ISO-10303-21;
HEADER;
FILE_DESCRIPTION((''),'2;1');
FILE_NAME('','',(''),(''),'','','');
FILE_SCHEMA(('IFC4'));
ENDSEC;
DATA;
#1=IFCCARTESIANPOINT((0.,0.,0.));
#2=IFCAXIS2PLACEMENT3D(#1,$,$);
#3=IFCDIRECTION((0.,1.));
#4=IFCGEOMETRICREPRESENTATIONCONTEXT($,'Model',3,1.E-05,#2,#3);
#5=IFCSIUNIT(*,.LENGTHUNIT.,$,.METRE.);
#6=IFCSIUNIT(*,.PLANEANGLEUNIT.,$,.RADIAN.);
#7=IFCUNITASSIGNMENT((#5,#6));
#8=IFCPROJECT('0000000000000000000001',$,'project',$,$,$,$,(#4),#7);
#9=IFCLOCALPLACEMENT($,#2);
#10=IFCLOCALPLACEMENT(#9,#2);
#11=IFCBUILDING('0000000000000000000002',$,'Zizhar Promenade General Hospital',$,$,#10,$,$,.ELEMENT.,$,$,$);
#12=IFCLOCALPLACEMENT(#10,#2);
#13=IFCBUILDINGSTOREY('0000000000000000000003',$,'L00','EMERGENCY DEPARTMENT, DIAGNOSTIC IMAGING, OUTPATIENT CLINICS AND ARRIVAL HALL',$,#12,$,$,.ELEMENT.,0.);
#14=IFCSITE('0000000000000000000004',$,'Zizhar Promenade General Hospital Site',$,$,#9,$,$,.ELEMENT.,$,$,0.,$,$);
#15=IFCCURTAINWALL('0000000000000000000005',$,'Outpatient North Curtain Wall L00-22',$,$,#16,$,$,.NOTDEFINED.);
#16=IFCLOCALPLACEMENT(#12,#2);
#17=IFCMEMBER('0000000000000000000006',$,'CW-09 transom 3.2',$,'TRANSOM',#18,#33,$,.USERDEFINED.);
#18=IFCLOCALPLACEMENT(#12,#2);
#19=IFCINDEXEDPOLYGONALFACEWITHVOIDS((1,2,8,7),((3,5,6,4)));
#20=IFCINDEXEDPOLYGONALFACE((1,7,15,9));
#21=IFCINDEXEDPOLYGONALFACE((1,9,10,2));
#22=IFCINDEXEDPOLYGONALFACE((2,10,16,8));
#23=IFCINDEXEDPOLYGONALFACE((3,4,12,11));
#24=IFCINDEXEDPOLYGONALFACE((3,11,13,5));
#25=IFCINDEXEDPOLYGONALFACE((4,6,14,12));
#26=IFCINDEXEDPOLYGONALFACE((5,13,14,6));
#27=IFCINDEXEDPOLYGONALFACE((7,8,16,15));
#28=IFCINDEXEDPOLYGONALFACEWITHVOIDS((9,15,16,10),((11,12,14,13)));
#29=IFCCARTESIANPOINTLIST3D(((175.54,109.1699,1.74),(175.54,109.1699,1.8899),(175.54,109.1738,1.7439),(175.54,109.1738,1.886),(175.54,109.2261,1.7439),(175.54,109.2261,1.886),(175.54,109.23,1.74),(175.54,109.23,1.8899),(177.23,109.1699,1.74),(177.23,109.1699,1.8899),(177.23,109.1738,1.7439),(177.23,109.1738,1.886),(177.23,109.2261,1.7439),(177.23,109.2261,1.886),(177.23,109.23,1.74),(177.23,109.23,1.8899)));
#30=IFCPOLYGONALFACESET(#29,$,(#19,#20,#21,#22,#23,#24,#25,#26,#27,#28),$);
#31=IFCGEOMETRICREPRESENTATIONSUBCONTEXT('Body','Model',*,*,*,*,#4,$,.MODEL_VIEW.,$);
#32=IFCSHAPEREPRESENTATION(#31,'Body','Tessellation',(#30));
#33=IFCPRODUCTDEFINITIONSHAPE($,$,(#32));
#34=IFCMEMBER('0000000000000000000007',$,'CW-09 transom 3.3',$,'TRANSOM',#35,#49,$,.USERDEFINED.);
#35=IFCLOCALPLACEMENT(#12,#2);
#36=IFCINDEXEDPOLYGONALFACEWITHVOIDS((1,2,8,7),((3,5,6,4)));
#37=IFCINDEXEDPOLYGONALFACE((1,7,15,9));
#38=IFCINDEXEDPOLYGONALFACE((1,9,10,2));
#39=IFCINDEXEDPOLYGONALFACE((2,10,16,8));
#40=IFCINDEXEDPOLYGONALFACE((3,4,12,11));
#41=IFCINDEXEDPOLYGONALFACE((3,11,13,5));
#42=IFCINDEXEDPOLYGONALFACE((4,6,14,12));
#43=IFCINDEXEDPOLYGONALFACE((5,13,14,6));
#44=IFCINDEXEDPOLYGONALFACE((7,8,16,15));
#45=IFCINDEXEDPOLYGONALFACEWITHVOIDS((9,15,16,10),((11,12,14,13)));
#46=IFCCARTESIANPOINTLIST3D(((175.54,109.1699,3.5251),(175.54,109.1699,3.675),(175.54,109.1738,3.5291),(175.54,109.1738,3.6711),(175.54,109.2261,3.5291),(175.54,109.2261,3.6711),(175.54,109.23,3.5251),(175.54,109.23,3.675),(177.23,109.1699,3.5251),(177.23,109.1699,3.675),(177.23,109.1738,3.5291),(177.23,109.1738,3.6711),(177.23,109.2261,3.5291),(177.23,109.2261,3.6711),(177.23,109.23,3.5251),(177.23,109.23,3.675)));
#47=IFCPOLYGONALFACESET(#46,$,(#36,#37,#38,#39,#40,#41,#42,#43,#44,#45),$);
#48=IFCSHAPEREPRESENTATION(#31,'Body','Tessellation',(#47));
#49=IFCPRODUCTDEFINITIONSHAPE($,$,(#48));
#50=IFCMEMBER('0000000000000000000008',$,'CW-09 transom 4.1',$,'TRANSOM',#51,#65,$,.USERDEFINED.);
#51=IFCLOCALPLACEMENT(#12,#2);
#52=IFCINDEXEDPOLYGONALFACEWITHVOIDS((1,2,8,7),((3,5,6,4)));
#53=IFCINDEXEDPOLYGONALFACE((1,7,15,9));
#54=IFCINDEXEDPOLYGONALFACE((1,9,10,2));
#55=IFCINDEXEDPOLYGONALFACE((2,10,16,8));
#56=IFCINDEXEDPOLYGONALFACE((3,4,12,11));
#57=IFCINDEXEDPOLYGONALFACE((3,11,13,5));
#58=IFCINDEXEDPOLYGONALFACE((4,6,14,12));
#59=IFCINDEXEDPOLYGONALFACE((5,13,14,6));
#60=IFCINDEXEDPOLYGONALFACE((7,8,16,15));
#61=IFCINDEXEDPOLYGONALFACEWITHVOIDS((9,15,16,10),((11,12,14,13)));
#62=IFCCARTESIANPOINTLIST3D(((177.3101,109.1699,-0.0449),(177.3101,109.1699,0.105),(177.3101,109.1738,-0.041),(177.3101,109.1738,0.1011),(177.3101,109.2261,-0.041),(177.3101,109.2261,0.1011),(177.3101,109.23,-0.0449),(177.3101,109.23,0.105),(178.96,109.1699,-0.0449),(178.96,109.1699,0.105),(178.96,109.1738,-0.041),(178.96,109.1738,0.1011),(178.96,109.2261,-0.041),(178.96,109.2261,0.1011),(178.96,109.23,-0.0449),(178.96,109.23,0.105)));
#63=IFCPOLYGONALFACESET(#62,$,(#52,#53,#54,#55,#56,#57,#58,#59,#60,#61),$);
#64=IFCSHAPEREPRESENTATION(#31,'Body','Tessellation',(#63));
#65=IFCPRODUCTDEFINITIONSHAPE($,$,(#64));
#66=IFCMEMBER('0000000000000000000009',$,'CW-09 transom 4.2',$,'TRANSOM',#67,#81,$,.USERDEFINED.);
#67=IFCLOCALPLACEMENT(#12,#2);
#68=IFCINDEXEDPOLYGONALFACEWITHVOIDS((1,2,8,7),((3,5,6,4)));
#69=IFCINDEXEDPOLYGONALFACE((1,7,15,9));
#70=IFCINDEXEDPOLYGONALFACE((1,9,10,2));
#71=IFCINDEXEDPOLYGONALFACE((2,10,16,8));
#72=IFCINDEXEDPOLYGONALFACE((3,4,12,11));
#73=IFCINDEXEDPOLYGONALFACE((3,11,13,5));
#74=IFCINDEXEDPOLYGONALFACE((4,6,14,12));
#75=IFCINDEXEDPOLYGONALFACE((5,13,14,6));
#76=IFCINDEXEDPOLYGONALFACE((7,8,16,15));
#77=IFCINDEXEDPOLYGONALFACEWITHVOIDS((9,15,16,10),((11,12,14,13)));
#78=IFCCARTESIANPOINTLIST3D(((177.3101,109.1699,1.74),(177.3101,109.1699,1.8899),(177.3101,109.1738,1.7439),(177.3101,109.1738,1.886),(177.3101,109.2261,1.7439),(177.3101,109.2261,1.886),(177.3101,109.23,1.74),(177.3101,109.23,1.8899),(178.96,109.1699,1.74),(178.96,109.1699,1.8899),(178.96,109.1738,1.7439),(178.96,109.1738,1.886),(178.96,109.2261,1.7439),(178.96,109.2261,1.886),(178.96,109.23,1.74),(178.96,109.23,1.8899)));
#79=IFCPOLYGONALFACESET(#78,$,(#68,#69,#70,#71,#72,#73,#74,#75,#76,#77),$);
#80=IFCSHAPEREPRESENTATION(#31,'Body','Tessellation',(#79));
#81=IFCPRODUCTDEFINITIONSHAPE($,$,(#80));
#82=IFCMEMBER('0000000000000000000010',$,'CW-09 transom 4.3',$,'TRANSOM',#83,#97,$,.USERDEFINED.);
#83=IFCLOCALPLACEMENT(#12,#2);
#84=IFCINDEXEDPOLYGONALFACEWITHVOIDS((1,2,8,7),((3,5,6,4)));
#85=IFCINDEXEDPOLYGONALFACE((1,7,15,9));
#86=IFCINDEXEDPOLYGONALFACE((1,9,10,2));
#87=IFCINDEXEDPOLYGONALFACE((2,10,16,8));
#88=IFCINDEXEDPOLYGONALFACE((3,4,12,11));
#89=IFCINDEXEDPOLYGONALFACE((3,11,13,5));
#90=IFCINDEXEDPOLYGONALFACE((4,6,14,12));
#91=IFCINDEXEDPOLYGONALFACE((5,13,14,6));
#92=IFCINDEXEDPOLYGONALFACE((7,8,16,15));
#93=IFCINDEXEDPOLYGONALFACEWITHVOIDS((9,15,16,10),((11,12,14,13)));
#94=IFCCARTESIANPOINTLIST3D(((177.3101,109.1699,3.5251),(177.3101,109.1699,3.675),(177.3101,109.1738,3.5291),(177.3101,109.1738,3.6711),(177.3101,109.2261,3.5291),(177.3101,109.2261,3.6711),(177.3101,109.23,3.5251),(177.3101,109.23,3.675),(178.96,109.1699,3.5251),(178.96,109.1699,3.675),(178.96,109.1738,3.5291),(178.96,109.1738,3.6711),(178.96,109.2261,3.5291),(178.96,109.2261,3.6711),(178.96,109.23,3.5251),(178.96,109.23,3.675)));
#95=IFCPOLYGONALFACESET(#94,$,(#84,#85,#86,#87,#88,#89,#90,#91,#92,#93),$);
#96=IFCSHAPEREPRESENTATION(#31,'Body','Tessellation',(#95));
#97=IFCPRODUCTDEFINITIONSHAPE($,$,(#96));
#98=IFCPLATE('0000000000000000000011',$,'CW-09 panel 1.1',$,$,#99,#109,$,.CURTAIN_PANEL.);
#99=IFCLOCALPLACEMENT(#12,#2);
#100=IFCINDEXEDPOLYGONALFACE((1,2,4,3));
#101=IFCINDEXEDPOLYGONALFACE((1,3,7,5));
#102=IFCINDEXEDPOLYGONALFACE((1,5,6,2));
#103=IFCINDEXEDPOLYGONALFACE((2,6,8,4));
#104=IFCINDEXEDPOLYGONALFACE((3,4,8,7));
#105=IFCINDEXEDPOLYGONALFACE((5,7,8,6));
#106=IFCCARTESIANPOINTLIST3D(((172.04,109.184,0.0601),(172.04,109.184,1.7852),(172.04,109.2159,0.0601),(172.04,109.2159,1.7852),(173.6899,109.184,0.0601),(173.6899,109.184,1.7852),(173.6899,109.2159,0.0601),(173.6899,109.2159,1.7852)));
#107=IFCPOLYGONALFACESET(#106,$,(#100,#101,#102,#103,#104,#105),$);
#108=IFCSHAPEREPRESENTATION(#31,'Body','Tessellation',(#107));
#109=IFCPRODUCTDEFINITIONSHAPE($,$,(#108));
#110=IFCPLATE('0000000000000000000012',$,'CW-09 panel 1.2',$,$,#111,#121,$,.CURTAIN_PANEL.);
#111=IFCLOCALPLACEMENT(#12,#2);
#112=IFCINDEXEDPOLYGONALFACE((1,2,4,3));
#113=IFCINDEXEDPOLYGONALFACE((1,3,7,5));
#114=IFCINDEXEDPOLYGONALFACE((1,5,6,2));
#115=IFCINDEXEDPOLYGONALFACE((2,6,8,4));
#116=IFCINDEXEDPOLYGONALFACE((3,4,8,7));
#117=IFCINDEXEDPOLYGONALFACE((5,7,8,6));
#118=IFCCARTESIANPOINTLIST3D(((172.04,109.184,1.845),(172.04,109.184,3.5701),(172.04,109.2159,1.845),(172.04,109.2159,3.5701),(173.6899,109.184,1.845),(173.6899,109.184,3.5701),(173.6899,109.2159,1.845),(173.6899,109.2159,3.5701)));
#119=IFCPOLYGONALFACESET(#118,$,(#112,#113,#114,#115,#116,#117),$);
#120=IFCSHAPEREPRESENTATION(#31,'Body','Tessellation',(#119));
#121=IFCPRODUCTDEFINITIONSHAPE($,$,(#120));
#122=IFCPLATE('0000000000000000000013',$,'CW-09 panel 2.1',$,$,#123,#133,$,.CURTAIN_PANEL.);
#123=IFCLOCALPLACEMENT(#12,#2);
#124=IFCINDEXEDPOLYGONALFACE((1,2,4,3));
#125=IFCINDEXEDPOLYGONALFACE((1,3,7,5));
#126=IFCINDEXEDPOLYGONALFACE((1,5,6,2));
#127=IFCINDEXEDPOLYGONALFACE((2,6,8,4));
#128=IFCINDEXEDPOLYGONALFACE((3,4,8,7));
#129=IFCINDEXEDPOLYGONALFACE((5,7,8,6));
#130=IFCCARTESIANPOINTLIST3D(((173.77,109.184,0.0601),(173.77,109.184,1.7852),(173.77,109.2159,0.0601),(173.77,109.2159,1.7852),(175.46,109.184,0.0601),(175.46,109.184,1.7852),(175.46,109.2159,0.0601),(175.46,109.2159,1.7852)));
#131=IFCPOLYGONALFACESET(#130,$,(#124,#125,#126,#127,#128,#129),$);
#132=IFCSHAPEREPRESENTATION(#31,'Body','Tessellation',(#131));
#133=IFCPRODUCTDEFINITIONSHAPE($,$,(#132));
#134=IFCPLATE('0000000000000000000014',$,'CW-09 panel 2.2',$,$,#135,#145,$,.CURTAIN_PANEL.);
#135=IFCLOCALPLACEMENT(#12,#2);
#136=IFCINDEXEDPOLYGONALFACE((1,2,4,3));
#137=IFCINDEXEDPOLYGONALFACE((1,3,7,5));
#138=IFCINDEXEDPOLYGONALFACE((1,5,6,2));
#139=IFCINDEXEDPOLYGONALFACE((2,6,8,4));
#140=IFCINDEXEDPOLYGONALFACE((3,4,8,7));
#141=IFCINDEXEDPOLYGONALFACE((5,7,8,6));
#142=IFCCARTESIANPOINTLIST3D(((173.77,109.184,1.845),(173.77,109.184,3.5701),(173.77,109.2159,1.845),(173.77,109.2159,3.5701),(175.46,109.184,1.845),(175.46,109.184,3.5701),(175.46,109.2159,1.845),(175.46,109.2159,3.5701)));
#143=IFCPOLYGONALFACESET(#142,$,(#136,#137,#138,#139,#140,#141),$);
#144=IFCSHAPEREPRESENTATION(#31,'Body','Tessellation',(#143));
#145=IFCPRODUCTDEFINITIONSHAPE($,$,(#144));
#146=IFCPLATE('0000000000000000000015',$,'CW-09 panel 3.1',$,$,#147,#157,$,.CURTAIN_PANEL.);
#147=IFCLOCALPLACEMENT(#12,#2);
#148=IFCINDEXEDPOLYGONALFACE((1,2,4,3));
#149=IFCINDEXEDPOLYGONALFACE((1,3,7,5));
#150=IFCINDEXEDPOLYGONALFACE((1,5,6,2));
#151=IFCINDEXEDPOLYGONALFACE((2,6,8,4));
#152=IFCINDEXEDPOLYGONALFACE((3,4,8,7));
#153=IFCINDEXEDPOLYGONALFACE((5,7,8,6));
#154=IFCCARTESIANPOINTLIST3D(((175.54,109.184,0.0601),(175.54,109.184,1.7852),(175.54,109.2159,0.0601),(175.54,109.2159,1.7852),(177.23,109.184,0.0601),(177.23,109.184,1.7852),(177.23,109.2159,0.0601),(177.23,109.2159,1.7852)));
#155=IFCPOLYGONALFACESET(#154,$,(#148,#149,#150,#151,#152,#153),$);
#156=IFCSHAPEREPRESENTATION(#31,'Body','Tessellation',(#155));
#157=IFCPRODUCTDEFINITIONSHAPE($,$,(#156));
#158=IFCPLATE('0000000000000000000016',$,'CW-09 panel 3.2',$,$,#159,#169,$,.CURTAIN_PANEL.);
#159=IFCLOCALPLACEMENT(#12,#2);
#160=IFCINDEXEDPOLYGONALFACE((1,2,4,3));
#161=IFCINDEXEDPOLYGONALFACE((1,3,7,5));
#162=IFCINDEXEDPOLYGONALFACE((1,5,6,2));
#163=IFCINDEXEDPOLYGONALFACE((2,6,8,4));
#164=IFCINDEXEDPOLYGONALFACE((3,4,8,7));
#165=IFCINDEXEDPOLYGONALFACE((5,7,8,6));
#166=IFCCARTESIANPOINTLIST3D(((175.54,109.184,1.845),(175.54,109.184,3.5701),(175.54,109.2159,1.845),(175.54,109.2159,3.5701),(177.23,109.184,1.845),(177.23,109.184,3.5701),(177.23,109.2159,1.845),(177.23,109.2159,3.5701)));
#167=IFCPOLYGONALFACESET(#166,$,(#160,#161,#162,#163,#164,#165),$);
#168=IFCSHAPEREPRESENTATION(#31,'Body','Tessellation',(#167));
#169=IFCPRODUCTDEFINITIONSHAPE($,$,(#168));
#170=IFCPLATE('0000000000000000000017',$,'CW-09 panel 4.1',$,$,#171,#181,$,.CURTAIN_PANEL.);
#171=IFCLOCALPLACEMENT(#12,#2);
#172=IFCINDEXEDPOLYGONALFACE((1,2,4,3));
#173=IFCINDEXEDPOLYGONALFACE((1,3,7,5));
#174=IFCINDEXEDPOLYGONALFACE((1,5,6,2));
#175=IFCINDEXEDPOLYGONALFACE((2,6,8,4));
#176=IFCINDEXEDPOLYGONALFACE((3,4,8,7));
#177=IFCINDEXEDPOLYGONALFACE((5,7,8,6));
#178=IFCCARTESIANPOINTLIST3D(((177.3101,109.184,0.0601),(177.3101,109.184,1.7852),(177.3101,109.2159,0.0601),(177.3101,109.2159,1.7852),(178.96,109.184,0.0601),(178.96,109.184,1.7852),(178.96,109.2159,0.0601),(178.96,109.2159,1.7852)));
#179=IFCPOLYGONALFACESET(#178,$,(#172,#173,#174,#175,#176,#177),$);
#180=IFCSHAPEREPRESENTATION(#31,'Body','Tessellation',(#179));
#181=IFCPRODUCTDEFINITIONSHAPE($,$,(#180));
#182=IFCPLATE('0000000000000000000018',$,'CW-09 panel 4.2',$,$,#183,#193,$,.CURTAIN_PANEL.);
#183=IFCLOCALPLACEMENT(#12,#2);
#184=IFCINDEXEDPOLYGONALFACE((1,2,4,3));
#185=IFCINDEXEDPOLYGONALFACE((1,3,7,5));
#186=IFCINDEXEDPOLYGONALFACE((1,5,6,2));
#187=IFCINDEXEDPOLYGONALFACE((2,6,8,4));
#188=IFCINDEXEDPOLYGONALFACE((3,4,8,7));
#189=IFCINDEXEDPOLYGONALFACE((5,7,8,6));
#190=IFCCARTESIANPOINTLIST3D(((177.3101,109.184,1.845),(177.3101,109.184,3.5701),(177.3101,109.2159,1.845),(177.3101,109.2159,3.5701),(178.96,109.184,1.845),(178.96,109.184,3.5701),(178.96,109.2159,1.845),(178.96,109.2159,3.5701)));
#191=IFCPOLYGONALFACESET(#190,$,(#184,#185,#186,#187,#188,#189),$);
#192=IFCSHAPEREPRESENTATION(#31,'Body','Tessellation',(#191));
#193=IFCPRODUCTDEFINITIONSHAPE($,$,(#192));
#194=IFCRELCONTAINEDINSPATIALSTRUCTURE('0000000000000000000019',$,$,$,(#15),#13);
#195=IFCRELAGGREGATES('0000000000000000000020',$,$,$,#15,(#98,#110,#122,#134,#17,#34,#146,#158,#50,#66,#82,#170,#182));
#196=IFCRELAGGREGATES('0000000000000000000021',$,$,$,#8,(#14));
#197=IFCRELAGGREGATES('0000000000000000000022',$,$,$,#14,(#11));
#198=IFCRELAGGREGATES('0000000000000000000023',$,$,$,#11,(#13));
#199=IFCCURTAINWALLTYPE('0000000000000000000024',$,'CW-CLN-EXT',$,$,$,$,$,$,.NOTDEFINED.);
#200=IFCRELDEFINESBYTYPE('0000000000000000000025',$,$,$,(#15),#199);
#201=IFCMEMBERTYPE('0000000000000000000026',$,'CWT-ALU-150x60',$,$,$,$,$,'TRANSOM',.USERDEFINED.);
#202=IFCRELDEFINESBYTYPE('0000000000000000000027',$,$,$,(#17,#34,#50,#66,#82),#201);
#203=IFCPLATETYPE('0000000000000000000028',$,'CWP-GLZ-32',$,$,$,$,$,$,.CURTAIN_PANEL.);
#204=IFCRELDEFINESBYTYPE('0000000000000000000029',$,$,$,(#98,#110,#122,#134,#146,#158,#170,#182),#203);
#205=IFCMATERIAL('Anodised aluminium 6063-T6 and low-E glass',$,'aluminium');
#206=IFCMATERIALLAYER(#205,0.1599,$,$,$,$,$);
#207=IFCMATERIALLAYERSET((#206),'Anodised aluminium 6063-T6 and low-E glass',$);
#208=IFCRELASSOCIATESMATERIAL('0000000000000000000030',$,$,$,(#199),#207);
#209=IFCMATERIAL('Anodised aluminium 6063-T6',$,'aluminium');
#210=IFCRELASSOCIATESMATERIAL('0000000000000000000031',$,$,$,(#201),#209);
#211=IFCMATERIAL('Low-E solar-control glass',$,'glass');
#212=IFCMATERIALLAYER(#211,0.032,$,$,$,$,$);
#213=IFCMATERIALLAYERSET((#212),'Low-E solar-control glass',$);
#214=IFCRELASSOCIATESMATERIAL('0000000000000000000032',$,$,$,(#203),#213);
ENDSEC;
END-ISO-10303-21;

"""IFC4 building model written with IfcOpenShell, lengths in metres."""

from ifc_helpers import new_model, si_unit, direction, frame, origin, origin_2d, place, context, subcontext, project, spatial, rectangle, hollow_rectangle, extrude, material, layer, layer_set, material_profile, profile_set, type_object, element, aggregate, save


model = new_model("IFC4")

# Units and contexts
model_context = context("Model", 3, precision=1e-05, world=origin(), true_north=direction((0.0, 1.0)))
body_context = subcontext(model_context, "Body", "Model", "MODEL_VIEW")
ifc_project = project(units=[si_unit("LENGTHUNIT", "METRE"), si_unit("PLANEANGLEUNIT", "RADIAN")], contexts=[model_context])

# Site, building, storey
site_placement = place(None, origin())
site = spatial("IfcSite", under=ifc_project, at=site_placement, Name="Zizhar Promenade General Hospital Site", CompositionType="ELEMENT", RefElevation=0.0)
building_placement = place(site_placement, origin())
building = spatial("IfcBuilding", under=site, at=building_placement, Name="Zizhar Promenade General Hospital", CompositionType="ELEMENT")
storey_placement = place(building_placement, origin())
storey = spatial("IfcBuildingStorey", under=building, at=storey_placement, Name="L00", Description="EMERGENCY DEPARTMENT, DIAGNOSTIC IMAGING, OUTPATIENT CLINICS AND ARRIVAL HALL", CompositionType="ELEMENT", Elevation=0.0)

# Curtain wall, members, plates
ifc_material_1 = material(Name="Anodised aluminium 6063-T6 and low-E glass", Category="aluminium")
ifc_layer_1 = layer(ifc_material_1, 0.1599)
ifc_layer_set_1 = layer_set([ifc_layer_1], Name="Anodised aluminium 6063-T6 and low-E glass")
curtain_wall_type = type_object("IfcCurtainWallType", Name="CW-CLN-EXT", PredefinedType="NOTDEFINED", material=ifc_layer_set_1)
curtain_wall_placement = place(storey_placement, origin())
curtain_wall = element("IfcCurtainWall", 1, at=curtain_wall_placement, inside=storey, type_object=curtain_wall_type, Name="Outpatient North Curtain Wall L00-22", PredefinedType="NOTDEFINED")
ifc_material_2 = material(Name="Anodised aluminium 6063-T6", Category="aluminium")
ifc_material_profile_1 = material_profile(ifc_material_2, hollow_rectangle(XDim=0.0601, YDim=0.1499, WallThickness=0.0039, at=origin_2d()))
ifc_profile_set_1 = profile_set([ifc_material_profile_1], Name="Anodised aluminium 6063-T6")
member_type_1 = type_object("IfcMemberType", Name="CWT-ALU-150x60", ElementType="TRANSOM", PredefinedType="USERDEFINED", material=ifc_profile_set_1)
member_1_placement = place(storey_placement, frame((175.54, 109.2, 1.8149), z_axis=(1.0, 0.0, 0.0), x_axis=(0.0, 1.0, 0.0)))
member_1 = element("IfcMember", 2, at=member_1_placement, type_object=member_type_1, Name="CW-09 transom 3.2", ObjectType="TRANSOM", PredefinedType="USERDEFINED", context=body_context, shape_type="SweptSolid", body=[
    extrude(hollow_rectangle(XDim=0.0601, YDim=0.1499, WallThickness=0.0039, at=origin_2d()), origin(), (0.0, 0.0, 1.0), 1.6899),
])
member_2_placement = place(storey_placement, frame((175.54, 109.2, 3.6001), z_axis=(1.0, 0.0, 0.0), x_axis=(0.0, 1.0, 0.0)))
member_2 = element("IfcMember", 3, at=member_2_placement, type_object=member_type_1, Name="CW-09 transom 3.3", ObjectType="TRANSOM", PredefinedType="USERDEFINED", context=body_context, shape_type="SweptSolid", body=[
    extrude(hollow_rectangle(XDim=0.0601, YDim=0.1499, WallThickness=0.0039, at=origin_2d()), origin(), (0.0, 0.0, 1.0), 1.6899),
])
member_3_placement = place(storey_placement, frame((177.3101, 109.2, 0.03), z_axis=(1.0, 0.0, 0.0), x_axis=(0.0, 1.0, 0.0)))
member_3 = element("IfcMember", 4, at=member_3_placement, type_object=member_type_1, Name="CW-09 transom 4.1", ObjectType="TRANSOM", PredefinedType="USERDEFINED", context=body_context, shape_type="SweptSolid", body=[
    extrude(hollow_rectangle(XDim=0.0601, YDim=0.1499, WallThickness=0.0039, at=origin_2d()), origin(), (0.0, 0.0, 1.0), 1.6499),
])
member_4_placement = place(storey_placement, frame((177.3101, 109.2, 1.8149), z_axis=(1.0, 0.0, 0.0), x_axis=(0.0, 1.0, 0.0)))
member_4 = element("IfcMember", 5, at=member_4_placement, type_object=member_type_1, Name="CW-09 transom 4.2", ObjectType="TRANSOM", PredefinedType="USERDEFINED", context=body_context, shape_type="SweptSolid", body=[
    extrude(hollow_rectangle(XDim=0.0601, YDim=0.1499, WallThickness=0.0039, at=origin_2d()), origin(), (0.0, 0.0, 1.0), 1.6499),
])
member_5_placement = place(storey_placement, frame((177.3101, 109.2, 3.6001), z_axis=(1.0, 0.0, 0.0), x_axis=(0.0, 1.0, 0.0)))
member_5 = element("IfcMember", 6, at=member_5_placement, type_object=member_type_1, Name="CW-09 transom 4.3", ObjectType="TRANSOM", PredefinedType="USERDEFINED", context=body_context, shape_type="SweptSolid", body=[
    extrude(hollow_rectangle(XDim=0.0601, YDim=0.1499, WallThickness=0.0039, at=origin_2d()), origin(), (0.0, 0.0, 1.0), 1.6499),
])
ifc_material_3 = material(Name="Low-E solar-control glass", Category="glass")
ifc_layer_2 = layer(ifc_material_3, 0.032)
ifc_layer_set_2 = layer_set([ifc_layer_2], Name="Low-E solar-control glass")
plate_type = type_object("IfcPlateType", Name="CWP-GLZ-32", PredefinedType="CURTAIN_PANEL", material=ifc_layer_set_2)
plate_1_placement = place(storey_placement, frame((172.865, 109.2, 0.0601), z_axis=(0.0, 0.0, 1.0), x_axis=(1.0, 0.0, 0.0)))
plate_1 = element("IfcPlate", 7, at=plate_1_placement, type_object=plate_type, Name="CW-09 panel 1.1", PredefinedType="CURTAIN_PANEL", context=body_context, shape_type="SweptSolid", body=[
    extrude(rectangle(XDim=1.6499, YDim=0.032, at=origin_2d()), origin(), (0.0, 0.0, 1.0), 1.7251),
])
plate_2_placement = place(storey_placement, frame((172.865, 109.2, 1.845), z_axis=(0.0, 0.0, 1.0), x_axis=(1.0, 0.0, 0.0)))
plate_2 = element("IfcPlate", 8, at=plate_2_placement, type_object=plate_type, Name="CW-09 panel 1.2", PredefinedType="CURTAIN_PANEL", context=body_context, shape_type="SweptSolid", body=[
    extrude(rectangle(XDim=1.6499, YDim=0.032, at=origin_2d()), origin(), (0.0, 0.0, 1.0), 1.7251),
])
plate_3_placement = place(storey_placement, frame((174.615, 109.2, 0.0601), z_axis=(0.0, 0.0, 1.0), x_axis=(1.0, 0.0, 0.0)))
plate_3 = element("IfcPlate", 9, at=plate_3_placement, type_object=plate_type, Name="CW-09 panel 2.1", PredefinedType="CURTAIN_PANEL", context=body_context, shape_type="SweptSolid", body=[
    extrude(rectangle(XDim=1.6899, YDim=0.032, at=origin_2d()), origin(), (0.0, 0.0, 1.0), 1.7251),
])
plate_4_placement = place(storey_placement, frame((174.615, 109.2, 1.845), z_axis=(0.0, 0.0, 1.0), x_axis=(1.0, 0.0, 0.0)))
plate_4 = element("IfcPlate", 10, at=plate_4_placement, type_object=plate_type, Name="CW-09 panel 2.2", PredefinedType="CURTAIN_PANEL", context=body_context, shape_type="SweptSolid", body=[
    extrude(rectangle(XDim=1.6899, YDim=0.032, at=origin_2d()), origin(), (0.0, 0.0, 1.0), 1.7251),
])
plate_5_placement = place(storey_placement, frame((176.385, 109.2, 0.0601), z_axis=(0.0, 0.0, 1.0), x_axis=(1.0, 0.0, 0.0)))
plate_5 = element("IfcPlate", 11, at=plate_5_placement, type_object=plate_type, Name="CW-09 panel 3.1", PredefinedType="CURTAIN_PANEL", context=body_context, shape_type="SweptSolid", body=[
    extrude(rectangle(XDim=1.6899, YDim=0.032, at=origin_2d()), origin(), (0.0, 0.0, 1.0), 1.7251),
])
plate_6_placement = place(storey_placement, frame((176.385, 109.2, 1.845), z_axis=(0.0, 0.0, 1.0), x_axis=(1.0, 0.0, 0.0)))
plate_6 = element("IfcPlate", 12, at=plate_6_placement, type_object=plate_type, Name="CW-09 panel 3.2", PredefinedType="CURTAIN_PANEL", context=body_context, shape_type="SweptSolid", body=[
    extrude(rectangle(XDim=1.6899, YDim=0.032, at=origin_2d()), origin(), (0.0, 0.0, 1.0), 1.7251),
])
plate_7_placement = place(storey_placement, frame((178.135, 109.2, 0.0601), z_axis=(0.0, 0.0, 1.0), x_axis=(1.0, 0.0, 0.0)))
plate_7 = element("IfcPlate", 13, at=plate_7_placement, type_object=plate_type, Name="CW-09 panel 4.1", PredefinedType="CURTAIN_PANEL", context=body_context, shape_type="SweptSolid", body=[
    extrude(rectangle(XDim=1.6499, YDim=0.032, at=origin_2d()), origin(), (0.0, 0.0, 1.0), 1.7251),
])
plate_8_placement = place(storey_placement, frame((178.135, 109.2, 1.845), z_axis=(0.0, 0.0, 1.0), x_axis=(1.0, 0.0, 0.0)))
plate_8 = element("IfcPlate", 14, at=plate_8_placement, type_object=plate_type, Name="CW-09 panel 4.2", PredefinedType="CURTAIN_PANEL", context=body_context, shape_type="SweptSolid", body=[
    extrude(rectangle(XDim=1.6499, YDim=0.032, at=origin_2d()), origin(), (0.0, 0.0, 1.0), 1.7251),
])
aggregate(curtain_wall, [plate_1, plate_2, plate_3, plate_4, member_1, member_2, plate_5, plate_6, member_3, member_4, member_5, plate_7, plate_8])

save(model, "model.ifc")
